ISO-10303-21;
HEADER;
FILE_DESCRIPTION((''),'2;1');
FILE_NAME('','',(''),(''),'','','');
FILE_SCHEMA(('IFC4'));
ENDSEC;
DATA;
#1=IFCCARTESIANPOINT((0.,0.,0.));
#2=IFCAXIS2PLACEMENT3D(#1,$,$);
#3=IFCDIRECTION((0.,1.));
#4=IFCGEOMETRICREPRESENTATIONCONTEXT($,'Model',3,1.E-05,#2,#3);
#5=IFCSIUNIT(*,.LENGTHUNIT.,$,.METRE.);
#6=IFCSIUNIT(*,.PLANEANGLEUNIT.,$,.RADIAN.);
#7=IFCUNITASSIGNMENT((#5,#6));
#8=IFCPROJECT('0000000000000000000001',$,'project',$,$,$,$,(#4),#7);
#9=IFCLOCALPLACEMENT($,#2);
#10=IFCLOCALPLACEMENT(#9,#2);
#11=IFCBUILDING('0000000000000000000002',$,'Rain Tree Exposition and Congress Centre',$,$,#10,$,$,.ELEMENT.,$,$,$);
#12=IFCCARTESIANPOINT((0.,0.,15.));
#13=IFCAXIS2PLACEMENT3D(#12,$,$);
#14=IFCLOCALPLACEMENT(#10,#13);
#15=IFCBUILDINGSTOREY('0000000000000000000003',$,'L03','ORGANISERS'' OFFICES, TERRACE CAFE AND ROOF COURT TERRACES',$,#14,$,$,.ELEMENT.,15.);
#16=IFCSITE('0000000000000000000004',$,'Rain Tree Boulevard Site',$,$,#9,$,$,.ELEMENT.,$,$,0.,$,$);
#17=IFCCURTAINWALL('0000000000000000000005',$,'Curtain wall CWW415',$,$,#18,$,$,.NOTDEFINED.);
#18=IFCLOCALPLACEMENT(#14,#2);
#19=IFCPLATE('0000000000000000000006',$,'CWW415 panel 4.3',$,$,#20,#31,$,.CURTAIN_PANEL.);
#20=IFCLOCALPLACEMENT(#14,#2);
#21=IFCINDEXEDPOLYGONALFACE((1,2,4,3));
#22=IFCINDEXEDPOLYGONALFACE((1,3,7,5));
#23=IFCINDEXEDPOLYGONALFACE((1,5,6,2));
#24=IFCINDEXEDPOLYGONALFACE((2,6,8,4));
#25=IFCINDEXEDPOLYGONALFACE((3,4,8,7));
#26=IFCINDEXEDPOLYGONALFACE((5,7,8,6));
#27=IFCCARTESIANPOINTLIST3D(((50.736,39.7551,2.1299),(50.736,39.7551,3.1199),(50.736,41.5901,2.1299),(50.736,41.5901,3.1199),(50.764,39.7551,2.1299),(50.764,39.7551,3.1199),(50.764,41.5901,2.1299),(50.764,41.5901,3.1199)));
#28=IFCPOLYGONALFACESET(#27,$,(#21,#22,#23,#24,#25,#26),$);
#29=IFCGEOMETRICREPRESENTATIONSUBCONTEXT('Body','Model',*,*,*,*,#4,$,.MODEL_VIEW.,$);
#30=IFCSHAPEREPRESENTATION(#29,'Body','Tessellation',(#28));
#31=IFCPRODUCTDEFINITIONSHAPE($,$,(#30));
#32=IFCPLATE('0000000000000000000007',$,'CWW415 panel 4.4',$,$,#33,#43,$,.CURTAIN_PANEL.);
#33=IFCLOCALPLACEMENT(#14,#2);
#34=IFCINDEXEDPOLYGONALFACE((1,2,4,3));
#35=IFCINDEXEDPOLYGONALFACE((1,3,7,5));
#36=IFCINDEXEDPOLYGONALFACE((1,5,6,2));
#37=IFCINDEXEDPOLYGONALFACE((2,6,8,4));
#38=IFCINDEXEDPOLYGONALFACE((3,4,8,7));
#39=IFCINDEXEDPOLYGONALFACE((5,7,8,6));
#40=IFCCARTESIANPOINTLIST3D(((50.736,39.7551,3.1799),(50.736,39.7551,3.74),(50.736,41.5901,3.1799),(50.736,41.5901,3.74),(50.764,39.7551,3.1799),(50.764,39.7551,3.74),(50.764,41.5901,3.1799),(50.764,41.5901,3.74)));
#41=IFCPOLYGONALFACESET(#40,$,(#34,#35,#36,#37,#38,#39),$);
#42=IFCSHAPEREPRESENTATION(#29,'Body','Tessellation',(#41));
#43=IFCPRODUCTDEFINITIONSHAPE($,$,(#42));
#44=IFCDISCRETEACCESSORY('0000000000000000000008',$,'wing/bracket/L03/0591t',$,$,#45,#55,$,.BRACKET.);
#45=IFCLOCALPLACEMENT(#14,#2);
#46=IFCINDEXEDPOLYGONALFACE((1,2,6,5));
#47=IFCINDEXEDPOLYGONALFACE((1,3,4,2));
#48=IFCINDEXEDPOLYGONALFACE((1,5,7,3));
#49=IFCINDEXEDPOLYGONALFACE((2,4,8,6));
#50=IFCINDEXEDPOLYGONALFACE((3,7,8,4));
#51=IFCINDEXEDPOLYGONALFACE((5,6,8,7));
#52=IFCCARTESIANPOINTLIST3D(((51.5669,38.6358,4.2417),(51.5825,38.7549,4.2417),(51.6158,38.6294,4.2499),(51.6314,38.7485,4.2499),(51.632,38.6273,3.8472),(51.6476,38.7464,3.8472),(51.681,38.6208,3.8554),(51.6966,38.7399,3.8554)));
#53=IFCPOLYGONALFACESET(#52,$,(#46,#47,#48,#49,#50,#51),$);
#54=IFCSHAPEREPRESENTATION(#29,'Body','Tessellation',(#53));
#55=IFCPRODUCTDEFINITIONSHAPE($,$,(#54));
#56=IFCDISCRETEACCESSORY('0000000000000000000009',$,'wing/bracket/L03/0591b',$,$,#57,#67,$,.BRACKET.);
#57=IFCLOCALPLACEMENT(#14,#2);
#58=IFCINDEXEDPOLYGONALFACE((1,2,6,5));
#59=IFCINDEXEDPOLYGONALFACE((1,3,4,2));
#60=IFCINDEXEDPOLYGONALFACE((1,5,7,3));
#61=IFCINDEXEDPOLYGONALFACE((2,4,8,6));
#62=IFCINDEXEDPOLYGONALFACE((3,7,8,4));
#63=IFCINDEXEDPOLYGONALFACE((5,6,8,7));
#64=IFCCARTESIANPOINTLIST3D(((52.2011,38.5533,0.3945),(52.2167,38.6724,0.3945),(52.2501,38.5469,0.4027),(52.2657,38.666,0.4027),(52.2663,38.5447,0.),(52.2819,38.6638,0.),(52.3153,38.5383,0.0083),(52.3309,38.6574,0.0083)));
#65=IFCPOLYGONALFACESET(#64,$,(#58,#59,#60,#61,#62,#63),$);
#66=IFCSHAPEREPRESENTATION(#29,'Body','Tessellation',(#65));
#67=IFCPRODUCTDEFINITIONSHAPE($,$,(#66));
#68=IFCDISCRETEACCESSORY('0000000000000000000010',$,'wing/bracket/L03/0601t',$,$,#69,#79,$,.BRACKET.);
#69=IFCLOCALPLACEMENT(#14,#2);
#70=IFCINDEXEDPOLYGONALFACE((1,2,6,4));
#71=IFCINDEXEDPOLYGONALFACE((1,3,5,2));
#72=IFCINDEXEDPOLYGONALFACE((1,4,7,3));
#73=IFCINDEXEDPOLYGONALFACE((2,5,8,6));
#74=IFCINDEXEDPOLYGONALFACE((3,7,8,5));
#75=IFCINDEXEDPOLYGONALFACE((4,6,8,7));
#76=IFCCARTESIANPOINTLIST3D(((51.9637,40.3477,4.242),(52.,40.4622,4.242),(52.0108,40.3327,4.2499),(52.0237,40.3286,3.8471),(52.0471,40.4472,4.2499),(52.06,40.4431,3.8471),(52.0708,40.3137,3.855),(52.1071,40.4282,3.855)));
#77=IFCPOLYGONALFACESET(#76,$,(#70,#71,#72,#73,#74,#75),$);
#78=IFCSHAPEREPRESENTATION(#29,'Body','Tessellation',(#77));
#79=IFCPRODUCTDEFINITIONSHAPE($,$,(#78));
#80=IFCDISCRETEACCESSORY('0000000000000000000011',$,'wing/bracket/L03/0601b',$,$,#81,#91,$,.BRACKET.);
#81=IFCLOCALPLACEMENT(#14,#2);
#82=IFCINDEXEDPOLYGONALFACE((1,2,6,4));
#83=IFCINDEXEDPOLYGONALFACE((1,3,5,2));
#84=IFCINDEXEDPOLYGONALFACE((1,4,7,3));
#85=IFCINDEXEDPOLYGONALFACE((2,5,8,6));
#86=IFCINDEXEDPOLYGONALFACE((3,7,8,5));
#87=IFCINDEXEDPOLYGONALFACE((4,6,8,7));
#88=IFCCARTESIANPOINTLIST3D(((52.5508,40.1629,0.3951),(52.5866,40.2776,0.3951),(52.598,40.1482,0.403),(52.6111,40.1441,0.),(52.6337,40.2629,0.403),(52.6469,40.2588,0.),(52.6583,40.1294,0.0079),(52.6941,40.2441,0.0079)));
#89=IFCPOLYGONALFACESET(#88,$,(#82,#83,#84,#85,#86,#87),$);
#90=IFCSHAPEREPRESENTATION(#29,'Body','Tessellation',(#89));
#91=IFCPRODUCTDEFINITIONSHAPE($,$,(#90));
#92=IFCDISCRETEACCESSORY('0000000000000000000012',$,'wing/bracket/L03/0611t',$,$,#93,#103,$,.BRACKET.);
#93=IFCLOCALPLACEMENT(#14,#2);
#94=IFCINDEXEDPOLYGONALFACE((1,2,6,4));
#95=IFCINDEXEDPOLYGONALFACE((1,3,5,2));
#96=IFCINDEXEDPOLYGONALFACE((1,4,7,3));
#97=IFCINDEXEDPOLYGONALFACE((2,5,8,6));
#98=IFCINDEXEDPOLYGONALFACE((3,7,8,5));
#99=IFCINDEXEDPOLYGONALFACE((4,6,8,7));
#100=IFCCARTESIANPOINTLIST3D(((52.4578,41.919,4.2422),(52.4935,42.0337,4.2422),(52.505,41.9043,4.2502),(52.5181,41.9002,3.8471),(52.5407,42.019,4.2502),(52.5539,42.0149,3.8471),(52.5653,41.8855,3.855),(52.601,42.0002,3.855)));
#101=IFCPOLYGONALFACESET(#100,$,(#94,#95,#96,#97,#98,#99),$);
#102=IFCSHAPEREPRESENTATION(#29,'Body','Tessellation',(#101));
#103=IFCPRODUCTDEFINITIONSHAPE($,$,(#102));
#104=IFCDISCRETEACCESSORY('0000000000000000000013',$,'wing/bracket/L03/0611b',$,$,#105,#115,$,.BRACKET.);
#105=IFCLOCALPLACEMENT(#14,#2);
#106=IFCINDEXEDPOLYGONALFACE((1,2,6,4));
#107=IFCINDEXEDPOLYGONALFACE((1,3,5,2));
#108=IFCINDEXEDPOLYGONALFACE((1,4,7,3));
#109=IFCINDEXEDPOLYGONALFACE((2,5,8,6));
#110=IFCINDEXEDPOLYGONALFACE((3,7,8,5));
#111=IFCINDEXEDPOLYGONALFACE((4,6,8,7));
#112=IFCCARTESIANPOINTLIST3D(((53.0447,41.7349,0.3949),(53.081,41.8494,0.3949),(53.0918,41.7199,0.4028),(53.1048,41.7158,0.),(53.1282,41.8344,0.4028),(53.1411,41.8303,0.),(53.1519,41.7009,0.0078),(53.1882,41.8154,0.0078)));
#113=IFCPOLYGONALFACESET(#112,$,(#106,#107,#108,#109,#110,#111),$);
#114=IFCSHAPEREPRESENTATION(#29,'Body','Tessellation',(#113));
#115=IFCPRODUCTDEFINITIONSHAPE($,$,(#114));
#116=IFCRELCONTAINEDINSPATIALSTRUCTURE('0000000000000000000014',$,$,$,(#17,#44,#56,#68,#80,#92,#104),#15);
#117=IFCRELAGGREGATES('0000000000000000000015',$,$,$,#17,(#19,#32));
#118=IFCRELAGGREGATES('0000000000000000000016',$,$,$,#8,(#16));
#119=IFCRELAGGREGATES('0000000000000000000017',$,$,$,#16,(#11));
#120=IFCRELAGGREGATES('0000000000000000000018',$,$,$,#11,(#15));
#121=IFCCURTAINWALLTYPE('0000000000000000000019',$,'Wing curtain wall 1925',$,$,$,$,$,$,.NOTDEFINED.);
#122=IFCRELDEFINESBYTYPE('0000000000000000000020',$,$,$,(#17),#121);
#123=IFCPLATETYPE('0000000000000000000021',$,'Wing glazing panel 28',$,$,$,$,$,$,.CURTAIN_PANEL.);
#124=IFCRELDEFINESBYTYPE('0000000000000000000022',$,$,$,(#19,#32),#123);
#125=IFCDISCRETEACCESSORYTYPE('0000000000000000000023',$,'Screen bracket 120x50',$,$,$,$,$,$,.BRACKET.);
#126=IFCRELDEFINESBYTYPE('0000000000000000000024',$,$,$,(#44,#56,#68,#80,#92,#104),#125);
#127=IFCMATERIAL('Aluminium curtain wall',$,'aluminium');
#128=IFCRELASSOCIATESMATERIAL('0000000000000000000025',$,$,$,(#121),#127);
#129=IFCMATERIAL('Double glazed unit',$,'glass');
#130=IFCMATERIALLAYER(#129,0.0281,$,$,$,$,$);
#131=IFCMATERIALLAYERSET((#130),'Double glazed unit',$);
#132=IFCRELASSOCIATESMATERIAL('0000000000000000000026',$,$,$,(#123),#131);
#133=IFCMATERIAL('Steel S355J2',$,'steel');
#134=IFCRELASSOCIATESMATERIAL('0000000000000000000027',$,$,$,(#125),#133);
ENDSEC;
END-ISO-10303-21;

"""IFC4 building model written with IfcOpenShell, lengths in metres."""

from ifc_helpers import new_model, si_unit, direction, frame, origin, origin_2d, place, context, subcontext, project, spatial, rectangle, extrude, material, layer, layer_set, material_profile, profile_set, type_object, element, aggregate, save


model = new_model("IFC4")

# Units and contexts
model_context = context("Model", 3, precision=1e-05, world=origin(), true_north=direction((0.0, 1.0)))
body_context = subcontext(model_context, "Body", "Model", "MODEL_VIEW")
ifc_project = project(units=[si_unit("LENGTHUNIT", "METRE"), si_unit("PLANEANGLEUNIT", "RADIAN")], contexts=[model_context])

# Site, building, storey
site_placement = place(None, origin())
site = spatial("IfcSite", under=ifc_project, at=site_placement, Name="Rain Tree Boulevard Site", CompositionType="ELEMENT", RefElevation=0.0)
building_placement = place(site_placement, origin())
building = spatial("IfcBuilding", under=site, at=building_placement, Name="Rain Tree Exposition and Congress Centre", CompositionType="ELEMENT")
storey_placement = place(building_placement, frame((0.0, 0.0, 15.0)))
storey = spatial("IfcBuildingStorey", under=building, at=storey_placement, Name="L03", Description="ORGANISERS' OFFICES, TERRACE CAFE AND ROOF COURT TERRACES", CompositionType="ELEMENT", Elevation=15.0)

# Curtain wall, plates
ifc_material_1 = material(Name="Aluminium curtain wall", Category="aluminium")
curtain_wall_type = type_object("IfcCurtainWallType", Name="Wing curtain wall 1925", PredefinedType="NOTDEFINED", material=ifc_material_1)
curtain_wall_placement = place(storey_placement, origin())
curtain_wall = element("IfcCurtainWall", 1, at=curtain_wall_placement, inside=storey, type_object=curtain_wall_type, Name="Curtain wall CWW415", PredefinedType="NOTDEFINED")
ifc_material_2 = material(Name="Double glazed unit", Category="glass")
ifc_layer_1 = layer(ifc_material_2, 0.0281)
ifc_layer_set_1 = layer_set([ifc_layer_1], Name="Double glazed unit")
plate_type = type_object("IfcPlateType", Name="Wing glazing panel 28", PredefinedType="CURTAIN_PANEL", material=ifc_layer_set_1)
plate_1_placement = place(storey_placement, frame((50.75, 40.6726, 2.1299), z_axis=(0.0, 0.0, 1.0), x_axis=(0.0, 1.0, 0.0)))
plate_1 = element("IfcPlate", 2, at=plate_1_placement, type_object=plate_type, Name="CWW415 panel 4.3", PredefinedType="CURTAIN_PANEL", context=body_context, shape_type="SweptSolid", body=[
    extrude(rectangle(XDim=1.835, YDim=0.0281, at=origin_2d()), origin(), (0.0, 0.0, 1.0), 0.99),
])
plate_2_placement = place(storey_placement, frame((50.75, 40.6726, 3.1799), z_axis=(0.0, 0.0, 1.0), x_axis=(0.0, 1.0, 0.0)))
plate_2 = element("IfcPlate", 3, at=plate_2_placement, type_object=plate_type, Name="CWW415 panel 4.4", PredefinedType="CURTAIN_PANEL", context=body_context, shape_type="SweptSolid", body=[
    extrude(rectangle(XDim=1.835, YDim=0.0281, at=origin_2d()), origin(), (0.0, 0.0, 1.0), 0.5601),
])
aggregate(curtain_wall, [plate_1, plate_2])

# Discrete accessories
ifc_material_3 = material(Name="Steel S355J2", Category="steel")
ifc_material_profile_1 = material_profile(ifc_material_3, rectangle(XDim=0.1201, YDim=0.05, at=origin_2d()), Name="Flat bar 120x50")
ifc_profile_set_1 = profile_set([ifc_material_profile_1], Name="Steel S355J2")
discrete_accessory_type = type_object("IfcDiscreteAccessoryType", Name="Screen bracket 120x50", PredefinedType="BRACKET", material=ifc_profile_set_1)
for number, where, z_axis, x_axis, name in (
    (4, (51.6643, 38.6836, 3.8513), (-0.162976, 0.021364, 0.986399), (-0.129974, -0.991517, 0.0), "wing/bracket/L03/0591t"),
    (5, (52.2986, 38.6011, 0.0042), (-0.162976, 0.021364, 0.986399), (-0.129974, -0.991517, 0.0), "wing/bracket/L03/0591b"),
    (6, (52.0654, 40.3784, 3.8511), (-0.150142, 0.047606, 0.987518), (-0.302244, -0.953231, 0.0), "wing/bracket/L03/0601t"),
):
    element("IfcDiscreteAccessory", number, at=place(storey_placement, frame(where, z_axis=z_axis, x_axis=x_axis)), inside=storey, type_object=discrete_accessory_type, Name=name, PredefinedType="BRACKET", context=body_context, shape_type="SweptSolid", body=[
        extrude(rectangle(XDim=0.1201, YDim=0.05, at=origin_2d()), origin(), (0.0, 0.0, 1.0), 0.3999),
    ])
for number, where, z_axis, x_axis, name in (
    (7, (52.6526, 40.1941, 0.0039), (-0.150743, 0.046993, 0.987456), (-0.297615, -0.954686, 0.0), "wing/bracket/L03/0601b"),
    (8, (52.5596, 41.9502, 3.8511), (-0.150743, 0.046993, 0.987456), (-0.297615, -0.954686, 0.0), "wing/bracket/L03/0611t"),
):
    element("IfcDiscreteAccessory", number, at=place(storey_placement, frame(where, z_axis=z_axis, x_axis=x_axis)), inside=storey, type_object=discrete_accessory_type, Name=name, PredefinedType="BRACKET", context=body_context, shape_type="SweptSolid", body=[
        extrude(rectangle(XDim=0.1201, YDim=0.05, at=origin_2d()), origin(), (0.0, 0.0, 1.0), 0.4001),
    ])
discrete_accessory_placement = place(storey_placement, frame((53.1465, 41.7656, 0.0039), z_axis=(-0.150142, 0.047606, 0.987518), x_axis=(-0.302244, -0.953231, 0.0)))
element("IfcDiscreteAccessory", 9, at=discrete_accessory_placement, inside=storey, type_object=discrete_accessory_type, Name="wing/bracket/L03/0611b", PredefinedType="BRACKET", context=body_context, shape_type="SweptSolid", body=[
    extrude(rectangle(XDim=0.1201, YDim=0.05, at=origin_2d()), origin(), (0.0, 0.0, 1.0), 0.3999),
])

save(model, "model.ifc")
